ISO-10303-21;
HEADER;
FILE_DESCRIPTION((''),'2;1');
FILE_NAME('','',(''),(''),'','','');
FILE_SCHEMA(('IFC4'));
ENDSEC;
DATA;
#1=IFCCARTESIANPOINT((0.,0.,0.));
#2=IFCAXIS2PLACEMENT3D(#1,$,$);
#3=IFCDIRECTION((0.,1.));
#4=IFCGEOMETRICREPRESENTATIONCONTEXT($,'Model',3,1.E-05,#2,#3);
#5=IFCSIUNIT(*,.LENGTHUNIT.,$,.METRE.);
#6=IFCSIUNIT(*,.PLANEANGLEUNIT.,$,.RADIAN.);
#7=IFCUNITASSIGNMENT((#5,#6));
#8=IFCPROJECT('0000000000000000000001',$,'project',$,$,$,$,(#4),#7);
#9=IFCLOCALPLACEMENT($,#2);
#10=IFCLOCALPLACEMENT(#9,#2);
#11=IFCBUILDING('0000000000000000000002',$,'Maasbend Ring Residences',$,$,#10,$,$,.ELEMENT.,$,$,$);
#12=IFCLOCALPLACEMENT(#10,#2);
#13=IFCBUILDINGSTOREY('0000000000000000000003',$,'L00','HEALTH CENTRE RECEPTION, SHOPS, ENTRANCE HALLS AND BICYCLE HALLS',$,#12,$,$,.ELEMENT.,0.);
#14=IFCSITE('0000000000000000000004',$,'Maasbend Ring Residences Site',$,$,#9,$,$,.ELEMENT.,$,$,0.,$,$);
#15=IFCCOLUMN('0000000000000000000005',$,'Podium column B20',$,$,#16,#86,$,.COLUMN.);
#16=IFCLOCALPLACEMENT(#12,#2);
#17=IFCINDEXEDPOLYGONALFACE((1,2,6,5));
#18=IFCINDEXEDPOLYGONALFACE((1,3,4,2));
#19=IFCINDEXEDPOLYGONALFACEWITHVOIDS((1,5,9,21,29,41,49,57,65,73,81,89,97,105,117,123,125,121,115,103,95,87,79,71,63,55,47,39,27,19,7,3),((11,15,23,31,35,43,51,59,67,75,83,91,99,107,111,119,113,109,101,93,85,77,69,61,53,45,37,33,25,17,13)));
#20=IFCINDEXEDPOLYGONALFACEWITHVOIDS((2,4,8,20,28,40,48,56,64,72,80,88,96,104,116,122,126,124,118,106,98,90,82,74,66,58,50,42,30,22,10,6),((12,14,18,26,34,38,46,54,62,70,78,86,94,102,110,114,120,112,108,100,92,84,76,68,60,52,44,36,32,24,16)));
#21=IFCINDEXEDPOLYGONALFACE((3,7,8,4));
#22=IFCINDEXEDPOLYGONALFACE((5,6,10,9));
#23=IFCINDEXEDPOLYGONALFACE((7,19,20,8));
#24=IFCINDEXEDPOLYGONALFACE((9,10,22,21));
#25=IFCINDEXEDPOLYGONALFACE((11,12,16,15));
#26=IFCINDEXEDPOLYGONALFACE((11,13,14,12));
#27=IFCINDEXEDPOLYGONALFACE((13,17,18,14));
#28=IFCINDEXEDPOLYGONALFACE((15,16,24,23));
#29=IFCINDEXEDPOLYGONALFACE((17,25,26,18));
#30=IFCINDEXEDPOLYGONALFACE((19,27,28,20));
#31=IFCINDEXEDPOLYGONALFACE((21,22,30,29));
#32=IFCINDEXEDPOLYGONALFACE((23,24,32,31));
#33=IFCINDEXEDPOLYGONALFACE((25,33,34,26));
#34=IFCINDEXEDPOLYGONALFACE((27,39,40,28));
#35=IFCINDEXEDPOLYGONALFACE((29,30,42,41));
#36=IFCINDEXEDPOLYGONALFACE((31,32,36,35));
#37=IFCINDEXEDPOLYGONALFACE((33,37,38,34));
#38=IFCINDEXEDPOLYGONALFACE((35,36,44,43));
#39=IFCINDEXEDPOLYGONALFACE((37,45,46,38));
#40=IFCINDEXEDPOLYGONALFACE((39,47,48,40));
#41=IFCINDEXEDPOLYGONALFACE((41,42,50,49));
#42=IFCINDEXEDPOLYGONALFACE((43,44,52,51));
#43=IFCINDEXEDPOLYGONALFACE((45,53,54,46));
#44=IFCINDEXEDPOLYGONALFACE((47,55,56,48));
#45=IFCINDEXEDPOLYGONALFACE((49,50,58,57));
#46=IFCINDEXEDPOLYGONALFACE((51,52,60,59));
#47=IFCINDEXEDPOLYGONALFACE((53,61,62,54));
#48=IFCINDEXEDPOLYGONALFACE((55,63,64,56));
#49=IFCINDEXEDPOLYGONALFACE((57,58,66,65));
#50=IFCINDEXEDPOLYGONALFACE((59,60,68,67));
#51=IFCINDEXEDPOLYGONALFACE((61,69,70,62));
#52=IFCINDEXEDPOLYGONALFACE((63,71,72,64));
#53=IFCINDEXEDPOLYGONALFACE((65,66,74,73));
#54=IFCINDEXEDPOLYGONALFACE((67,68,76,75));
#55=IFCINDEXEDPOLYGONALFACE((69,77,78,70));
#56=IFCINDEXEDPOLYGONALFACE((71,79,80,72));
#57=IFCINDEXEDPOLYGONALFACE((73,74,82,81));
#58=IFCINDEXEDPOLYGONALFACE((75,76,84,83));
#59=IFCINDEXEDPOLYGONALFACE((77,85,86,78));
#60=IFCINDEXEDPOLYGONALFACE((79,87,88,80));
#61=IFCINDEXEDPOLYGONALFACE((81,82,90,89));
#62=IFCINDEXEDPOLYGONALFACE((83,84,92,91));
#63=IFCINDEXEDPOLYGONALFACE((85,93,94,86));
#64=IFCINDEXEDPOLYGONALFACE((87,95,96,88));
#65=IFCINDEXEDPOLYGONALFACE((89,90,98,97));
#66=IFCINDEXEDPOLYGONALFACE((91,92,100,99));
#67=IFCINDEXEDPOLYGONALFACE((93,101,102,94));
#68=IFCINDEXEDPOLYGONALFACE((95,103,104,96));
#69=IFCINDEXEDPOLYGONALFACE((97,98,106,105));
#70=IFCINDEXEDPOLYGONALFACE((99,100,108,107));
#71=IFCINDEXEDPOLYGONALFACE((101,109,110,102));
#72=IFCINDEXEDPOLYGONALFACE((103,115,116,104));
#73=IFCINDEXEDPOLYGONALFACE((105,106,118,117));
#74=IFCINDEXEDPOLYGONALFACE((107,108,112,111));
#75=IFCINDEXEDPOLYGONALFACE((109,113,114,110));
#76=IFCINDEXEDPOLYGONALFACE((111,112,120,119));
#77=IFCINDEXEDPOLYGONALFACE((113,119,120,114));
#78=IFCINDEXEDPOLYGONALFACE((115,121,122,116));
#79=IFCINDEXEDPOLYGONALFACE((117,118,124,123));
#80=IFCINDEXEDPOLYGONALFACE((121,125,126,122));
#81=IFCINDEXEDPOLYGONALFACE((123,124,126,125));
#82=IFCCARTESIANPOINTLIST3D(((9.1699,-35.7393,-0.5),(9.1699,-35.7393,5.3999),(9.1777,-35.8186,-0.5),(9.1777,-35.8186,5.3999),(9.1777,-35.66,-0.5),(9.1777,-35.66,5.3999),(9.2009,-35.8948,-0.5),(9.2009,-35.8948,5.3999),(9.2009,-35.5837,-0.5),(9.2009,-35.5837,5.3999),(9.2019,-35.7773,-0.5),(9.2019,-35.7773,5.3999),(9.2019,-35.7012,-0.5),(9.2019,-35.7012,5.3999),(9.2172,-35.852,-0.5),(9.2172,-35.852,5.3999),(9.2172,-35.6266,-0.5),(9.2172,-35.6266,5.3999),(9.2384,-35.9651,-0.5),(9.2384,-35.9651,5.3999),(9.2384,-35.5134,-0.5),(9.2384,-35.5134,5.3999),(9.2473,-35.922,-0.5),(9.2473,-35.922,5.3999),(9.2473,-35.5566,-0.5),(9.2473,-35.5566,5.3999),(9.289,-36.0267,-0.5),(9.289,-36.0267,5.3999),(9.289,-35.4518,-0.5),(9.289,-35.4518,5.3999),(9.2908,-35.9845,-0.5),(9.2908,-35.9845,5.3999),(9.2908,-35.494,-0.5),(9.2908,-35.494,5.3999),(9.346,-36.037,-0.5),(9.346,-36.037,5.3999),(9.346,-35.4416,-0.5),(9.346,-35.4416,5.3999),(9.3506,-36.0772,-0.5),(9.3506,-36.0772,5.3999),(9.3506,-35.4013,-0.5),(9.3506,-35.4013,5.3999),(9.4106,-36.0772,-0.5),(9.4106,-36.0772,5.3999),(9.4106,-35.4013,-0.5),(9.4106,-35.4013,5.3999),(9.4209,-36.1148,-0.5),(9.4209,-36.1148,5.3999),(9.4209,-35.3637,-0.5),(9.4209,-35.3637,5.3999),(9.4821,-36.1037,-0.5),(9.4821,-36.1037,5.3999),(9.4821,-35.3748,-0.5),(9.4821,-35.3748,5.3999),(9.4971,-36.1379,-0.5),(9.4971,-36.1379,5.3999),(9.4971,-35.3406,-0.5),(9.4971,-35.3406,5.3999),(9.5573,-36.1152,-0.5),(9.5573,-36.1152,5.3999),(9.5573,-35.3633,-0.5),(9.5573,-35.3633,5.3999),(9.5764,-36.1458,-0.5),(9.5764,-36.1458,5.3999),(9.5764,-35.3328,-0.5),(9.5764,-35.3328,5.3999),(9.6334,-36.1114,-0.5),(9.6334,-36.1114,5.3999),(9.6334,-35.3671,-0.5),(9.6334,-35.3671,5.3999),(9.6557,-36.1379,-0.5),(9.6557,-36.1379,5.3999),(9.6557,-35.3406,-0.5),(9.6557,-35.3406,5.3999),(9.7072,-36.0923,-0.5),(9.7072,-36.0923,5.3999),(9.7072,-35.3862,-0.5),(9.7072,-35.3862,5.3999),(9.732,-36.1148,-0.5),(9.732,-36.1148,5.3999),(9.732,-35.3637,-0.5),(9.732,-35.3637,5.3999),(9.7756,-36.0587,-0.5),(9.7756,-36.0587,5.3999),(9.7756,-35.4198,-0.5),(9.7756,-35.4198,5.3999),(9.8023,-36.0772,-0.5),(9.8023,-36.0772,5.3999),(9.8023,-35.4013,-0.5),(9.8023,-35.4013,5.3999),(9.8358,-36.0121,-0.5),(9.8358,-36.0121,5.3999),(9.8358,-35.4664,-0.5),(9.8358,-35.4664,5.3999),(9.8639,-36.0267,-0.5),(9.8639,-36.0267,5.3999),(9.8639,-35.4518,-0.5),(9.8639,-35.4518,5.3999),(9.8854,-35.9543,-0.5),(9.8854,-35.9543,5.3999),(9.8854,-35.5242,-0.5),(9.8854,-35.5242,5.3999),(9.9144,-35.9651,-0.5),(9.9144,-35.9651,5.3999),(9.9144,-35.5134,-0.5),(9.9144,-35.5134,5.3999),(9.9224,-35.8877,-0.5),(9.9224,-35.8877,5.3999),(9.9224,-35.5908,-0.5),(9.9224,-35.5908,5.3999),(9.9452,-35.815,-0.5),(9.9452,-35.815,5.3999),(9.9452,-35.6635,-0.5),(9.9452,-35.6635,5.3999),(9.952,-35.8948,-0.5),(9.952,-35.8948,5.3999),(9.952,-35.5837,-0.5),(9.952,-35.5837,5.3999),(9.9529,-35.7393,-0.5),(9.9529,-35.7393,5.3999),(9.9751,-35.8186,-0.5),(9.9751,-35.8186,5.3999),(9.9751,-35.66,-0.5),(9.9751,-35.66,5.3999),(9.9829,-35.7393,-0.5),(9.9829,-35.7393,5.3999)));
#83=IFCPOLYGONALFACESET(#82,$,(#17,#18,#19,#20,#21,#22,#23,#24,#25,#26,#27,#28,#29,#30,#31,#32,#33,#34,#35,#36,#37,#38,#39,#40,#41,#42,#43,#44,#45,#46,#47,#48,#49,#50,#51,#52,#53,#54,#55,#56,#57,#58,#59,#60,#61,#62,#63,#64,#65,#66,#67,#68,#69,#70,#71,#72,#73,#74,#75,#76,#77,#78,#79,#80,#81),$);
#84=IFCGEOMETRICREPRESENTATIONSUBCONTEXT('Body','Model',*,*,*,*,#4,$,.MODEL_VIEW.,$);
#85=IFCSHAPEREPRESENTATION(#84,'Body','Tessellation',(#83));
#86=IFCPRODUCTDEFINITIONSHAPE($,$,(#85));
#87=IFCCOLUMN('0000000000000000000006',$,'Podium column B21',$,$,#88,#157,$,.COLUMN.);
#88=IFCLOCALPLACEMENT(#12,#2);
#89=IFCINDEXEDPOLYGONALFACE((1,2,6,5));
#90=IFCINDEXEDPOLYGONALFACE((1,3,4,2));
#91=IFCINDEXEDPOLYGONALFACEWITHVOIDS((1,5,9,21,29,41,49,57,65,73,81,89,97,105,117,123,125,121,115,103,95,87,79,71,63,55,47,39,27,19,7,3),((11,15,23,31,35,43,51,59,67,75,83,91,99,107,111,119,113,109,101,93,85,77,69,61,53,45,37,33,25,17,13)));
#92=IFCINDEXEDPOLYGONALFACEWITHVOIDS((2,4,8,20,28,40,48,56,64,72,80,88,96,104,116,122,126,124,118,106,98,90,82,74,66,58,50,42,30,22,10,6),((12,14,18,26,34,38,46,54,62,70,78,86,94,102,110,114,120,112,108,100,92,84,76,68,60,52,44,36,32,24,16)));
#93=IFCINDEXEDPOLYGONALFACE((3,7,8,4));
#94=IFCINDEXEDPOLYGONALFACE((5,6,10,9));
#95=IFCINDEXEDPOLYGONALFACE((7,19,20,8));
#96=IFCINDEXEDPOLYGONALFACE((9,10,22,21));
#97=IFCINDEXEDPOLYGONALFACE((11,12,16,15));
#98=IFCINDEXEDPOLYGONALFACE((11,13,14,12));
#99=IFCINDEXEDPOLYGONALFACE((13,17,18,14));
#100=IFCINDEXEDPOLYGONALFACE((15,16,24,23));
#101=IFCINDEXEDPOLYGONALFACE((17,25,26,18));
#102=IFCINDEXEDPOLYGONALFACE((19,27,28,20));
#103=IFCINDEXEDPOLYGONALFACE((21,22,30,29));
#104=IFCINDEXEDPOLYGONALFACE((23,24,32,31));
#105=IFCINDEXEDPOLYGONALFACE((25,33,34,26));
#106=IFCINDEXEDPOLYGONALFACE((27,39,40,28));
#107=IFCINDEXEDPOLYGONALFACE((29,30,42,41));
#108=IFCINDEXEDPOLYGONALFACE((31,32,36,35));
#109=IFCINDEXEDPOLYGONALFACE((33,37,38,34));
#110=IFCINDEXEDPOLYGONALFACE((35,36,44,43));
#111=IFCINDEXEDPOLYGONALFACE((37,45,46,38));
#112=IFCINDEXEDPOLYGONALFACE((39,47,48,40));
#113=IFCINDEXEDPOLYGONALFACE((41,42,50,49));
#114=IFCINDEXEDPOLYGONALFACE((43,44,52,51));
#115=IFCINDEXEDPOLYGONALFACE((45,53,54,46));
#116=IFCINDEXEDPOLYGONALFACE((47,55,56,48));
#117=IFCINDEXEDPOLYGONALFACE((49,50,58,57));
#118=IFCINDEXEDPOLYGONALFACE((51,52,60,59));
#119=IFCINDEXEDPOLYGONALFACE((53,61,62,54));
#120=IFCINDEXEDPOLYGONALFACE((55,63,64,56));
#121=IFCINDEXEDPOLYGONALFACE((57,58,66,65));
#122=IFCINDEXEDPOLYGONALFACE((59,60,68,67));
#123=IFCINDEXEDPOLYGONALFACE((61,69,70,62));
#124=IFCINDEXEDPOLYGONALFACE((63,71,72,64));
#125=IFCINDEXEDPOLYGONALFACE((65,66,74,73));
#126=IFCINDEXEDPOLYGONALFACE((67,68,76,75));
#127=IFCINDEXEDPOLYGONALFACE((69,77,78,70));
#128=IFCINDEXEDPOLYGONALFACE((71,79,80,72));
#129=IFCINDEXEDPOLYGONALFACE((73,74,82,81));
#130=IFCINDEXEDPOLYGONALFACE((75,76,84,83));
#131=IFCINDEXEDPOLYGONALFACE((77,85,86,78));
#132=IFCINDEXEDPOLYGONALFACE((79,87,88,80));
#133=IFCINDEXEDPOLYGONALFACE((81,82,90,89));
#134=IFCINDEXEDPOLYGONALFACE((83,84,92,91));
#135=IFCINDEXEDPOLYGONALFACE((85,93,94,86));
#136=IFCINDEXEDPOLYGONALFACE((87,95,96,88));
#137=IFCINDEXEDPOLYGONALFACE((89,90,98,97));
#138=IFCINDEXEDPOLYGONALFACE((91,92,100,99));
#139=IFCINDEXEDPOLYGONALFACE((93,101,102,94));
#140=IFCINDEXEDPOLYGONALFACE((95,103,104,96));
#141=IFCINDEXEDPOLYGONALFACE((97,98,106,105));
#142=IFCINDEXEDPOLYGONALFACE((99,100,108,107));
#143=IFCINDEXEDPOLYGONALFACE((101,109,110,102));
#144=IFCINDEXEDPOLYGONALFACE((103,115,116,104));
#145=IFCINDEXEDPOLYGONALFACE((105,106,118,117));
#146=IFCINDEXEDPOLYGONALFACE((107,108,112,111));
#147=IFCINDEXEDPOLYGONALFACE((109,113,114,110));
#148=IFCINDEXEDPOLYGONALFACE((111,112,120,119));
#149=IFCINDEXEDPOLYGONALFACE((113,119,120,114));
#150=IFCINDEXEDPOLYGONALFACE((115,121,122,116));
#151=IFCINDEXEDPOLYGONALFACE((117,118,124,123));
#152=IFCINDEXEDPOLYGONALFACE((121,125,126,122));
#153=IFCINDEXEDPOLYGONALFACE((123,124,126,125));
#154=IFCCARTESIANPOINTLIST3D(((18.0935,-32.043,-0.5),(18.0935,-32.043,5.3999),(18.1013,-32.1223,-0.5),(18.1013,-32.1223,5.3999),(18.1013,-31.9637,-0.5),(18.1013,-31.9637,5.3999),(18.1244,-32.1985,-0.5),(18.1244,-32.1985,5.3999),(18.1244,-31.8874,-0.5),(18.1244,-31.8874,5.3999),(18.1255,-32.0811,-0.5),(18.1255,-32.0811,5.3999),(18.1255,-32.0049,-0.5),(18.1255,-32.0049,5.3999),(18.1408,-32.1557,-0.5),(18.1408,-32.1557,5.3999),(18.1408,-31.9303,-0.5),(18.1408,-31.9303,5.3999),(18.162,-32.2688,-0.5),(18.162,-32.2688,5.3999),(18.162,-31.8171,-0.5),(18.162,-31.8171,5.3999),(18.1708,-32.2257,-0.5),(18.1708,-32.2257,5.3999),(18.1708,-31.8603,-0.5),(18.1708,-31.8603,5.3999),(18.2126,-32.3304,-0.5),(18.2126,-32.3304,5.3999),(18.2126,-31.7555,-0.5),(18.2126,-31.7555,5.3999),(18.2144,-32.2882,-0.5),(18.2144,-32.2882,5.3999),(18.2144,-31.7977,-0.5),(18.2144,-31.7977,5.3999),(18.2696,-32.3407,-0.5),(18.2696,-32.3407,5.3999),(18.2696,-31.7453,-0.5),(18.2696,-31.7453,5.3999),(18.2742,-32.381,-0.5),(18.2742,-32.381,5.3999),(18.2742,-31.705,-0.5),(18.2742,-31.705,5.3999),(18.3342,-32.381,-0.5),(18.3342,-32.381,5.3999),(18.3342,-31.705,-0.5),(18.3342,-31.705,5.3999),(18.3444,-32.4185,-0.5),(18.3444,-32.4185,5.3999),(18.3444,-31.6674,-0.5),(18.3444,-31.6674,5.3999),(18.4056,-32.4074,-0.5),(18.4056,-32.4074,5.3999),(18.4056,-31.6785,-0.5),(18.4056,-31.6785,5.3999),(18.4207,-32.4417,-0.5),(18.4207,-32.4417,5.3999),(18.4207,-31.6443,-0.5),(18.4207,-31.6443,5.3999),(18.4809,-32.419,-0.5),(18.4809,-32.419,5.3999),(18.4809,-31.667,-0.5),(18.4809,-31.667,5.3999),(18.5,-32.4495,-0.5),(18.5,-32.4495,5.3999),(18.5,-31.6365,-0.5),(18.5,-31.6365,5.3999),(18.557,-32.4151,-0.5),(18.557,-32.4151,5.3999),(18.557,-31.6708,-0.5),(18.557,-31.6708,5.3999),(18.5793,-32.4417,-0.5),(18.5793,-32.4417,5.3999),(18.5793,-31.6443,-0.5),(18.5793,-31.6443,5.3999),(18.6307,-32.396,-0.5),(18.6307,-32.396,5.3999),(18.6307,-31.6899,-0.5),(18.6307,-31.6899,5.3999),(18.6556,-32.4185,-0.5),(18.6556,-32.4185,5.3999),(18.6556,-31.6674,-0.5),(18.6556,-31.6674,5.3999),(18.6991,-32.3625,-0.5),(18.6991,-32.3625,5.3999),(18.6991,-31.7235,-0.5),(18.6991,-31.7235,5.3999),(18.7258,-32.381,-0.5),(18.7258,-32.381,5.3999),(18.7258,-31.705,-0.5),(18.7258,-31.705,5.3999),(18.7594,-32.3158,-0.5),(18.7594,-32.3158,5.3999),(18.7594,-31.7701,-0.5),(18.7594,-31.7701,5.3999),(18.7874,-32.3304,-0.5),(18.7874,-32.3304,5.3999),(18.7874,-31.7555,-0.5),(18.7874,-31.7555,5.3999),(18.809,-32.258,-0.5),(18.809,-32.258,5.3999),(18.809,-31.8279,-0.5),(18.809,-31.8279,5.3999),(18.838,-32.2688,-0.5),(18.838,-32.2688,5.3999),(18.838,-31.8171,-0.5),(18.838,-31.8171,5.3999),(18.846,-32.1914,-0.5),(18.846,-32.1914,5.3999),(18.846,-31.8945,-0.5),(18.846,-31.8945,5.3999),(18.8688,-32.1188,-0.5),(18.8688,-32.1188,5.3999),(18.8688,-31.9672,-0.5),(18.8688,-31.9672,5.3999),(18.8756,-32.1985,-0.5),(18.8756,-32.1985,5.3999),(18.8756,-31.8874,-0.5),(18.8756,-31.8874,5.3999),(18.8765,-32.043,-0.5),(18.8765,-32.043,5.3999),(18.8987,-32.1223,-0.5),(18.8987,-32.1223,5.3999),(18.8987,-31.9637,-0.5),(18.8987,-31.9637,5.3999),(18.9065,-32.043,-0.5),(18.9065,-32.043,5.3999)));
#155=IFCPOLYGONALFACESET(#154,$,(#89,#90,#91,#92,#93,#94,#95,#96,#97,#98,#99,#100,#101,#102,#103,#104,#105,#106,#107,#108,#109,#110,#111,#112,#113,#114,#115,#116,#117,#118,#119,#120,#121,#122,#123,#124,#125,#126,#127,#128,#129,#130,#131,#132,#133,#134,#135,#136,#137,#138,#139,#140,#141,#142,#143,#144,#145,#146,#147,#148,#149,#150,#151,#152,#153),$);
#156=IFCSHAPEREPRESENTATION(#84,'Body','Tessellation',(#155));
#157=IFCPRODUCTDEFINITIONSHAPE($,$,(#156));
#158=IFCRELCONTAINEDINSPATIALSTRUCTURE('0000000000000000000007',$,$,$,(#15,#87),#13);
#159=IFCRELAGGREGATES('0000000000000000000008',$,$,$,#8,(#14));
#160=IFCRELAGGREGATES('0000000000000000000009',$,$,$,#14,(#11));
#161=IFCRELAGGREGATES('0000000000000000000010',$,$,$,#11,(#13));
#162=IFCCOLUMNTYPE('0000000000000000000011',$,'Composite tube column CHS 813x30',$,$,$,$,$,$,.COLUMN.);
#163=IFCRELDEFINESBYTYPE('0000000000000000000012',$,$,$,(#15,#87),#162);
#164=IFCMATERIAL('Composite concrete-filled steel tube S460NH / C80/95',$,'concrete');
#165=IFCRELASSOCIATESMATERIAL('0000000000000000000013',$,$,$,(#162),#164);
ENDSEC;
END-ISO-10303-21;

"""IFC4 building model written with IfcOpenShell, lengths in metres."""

from ifc_helpers import new_model, si_unit, direction, frame, origin, origin_2d, place, context, subcontext, project, spatial, hollow_circle, extrude, material, material_profile, profile_set, type_object, element, save


model = new_model("IFC4")

# Units and contexts
model_context = context("Model", 3, precision=1e-05, world=origin(), true_north=direction((0.0, 1.0)))
body_context = subcontext(model_context, "Body", "Model", "MODEL_VIEW")
ifc_project = project(units=[si_unit("LENGTHUNIT", "METRE"), si_unit("PLANEANGLEUNIT", "RADIAN")], contexts=[model_context])

# Site, building, storey
site_placement = place(None, origin())
site = spatial("IfcSite", under=ifc_project, at=site_placement, Name="Maasbend Ring Residences Site", CompositionType="ELEMENT", RefElevation=0.0)
building_placement = place(site_placement, origin())
building = spatial("IfcBuilding", under=site, at=building_placement, Name="Maasbend Ring Residences", CompositionType="ELEMENT")
storey_placement = place(building_placement, origin())
storey = spatial("IfcBuildingStorey", under=building, at=storey_placement, Name="L00", Description="HEALTH CENTRE RECEPTION, SHOPS, ENTRANCE HALLS AND BICYCLE HALLS", CompositionType="ELEMENT", Elevation=0.0)

# Columns
ifc_material_1 = material(Name="Composite concrete-filled steel tube S460NH / C80/95", Category="concrete")
ifc_material_profile_1 = material_profile(ifc_material_1, hollow_circle(Radius=0.4065, WallThickness=0.03, at=origin_2d()), Name="Composite tube column CHS 813x30")
ifc_profile_set_1 = profile_set([ifc_material_profile_1], Name="Composite concrete-filled steel tube S460NH / C80/95")
column_type_1 = type_object("IfcColumnType", Name="Composite tube column CHS 813x30", PredefinedType="COLUMN", material=ifc_profile_set_1)
for number, where, z_axis, x_axis, name in (
    (1, (9.5764, -35.7393, -0.5), (0.0, 0.0, 1.0), (1.0, 0.0, 0.0), "Podium column B20"),
    (2, (18.5, -32.043, -0.5), (0.0, 0.0, 1.0), (1.0, 0.0, 0.0), "Podium column B21"),
):
    element("IfcColumn", number, at=place(storey_placement, frame(where, z_axis=z_axis, x_axis=x_axis)), inside=storey, type_object=column_type_1, Name=name, PredefinedType="COLUMN", context=body_context, shape_type="SweptSolid", body=[
        extrude(hollow_circle(Radius=0.4065, WallThickness=0.03, at=origin_2d()), origin(), (0.0, 0.0, 1.0), 5.8999),
    ])

save(model, "model.ifc")
